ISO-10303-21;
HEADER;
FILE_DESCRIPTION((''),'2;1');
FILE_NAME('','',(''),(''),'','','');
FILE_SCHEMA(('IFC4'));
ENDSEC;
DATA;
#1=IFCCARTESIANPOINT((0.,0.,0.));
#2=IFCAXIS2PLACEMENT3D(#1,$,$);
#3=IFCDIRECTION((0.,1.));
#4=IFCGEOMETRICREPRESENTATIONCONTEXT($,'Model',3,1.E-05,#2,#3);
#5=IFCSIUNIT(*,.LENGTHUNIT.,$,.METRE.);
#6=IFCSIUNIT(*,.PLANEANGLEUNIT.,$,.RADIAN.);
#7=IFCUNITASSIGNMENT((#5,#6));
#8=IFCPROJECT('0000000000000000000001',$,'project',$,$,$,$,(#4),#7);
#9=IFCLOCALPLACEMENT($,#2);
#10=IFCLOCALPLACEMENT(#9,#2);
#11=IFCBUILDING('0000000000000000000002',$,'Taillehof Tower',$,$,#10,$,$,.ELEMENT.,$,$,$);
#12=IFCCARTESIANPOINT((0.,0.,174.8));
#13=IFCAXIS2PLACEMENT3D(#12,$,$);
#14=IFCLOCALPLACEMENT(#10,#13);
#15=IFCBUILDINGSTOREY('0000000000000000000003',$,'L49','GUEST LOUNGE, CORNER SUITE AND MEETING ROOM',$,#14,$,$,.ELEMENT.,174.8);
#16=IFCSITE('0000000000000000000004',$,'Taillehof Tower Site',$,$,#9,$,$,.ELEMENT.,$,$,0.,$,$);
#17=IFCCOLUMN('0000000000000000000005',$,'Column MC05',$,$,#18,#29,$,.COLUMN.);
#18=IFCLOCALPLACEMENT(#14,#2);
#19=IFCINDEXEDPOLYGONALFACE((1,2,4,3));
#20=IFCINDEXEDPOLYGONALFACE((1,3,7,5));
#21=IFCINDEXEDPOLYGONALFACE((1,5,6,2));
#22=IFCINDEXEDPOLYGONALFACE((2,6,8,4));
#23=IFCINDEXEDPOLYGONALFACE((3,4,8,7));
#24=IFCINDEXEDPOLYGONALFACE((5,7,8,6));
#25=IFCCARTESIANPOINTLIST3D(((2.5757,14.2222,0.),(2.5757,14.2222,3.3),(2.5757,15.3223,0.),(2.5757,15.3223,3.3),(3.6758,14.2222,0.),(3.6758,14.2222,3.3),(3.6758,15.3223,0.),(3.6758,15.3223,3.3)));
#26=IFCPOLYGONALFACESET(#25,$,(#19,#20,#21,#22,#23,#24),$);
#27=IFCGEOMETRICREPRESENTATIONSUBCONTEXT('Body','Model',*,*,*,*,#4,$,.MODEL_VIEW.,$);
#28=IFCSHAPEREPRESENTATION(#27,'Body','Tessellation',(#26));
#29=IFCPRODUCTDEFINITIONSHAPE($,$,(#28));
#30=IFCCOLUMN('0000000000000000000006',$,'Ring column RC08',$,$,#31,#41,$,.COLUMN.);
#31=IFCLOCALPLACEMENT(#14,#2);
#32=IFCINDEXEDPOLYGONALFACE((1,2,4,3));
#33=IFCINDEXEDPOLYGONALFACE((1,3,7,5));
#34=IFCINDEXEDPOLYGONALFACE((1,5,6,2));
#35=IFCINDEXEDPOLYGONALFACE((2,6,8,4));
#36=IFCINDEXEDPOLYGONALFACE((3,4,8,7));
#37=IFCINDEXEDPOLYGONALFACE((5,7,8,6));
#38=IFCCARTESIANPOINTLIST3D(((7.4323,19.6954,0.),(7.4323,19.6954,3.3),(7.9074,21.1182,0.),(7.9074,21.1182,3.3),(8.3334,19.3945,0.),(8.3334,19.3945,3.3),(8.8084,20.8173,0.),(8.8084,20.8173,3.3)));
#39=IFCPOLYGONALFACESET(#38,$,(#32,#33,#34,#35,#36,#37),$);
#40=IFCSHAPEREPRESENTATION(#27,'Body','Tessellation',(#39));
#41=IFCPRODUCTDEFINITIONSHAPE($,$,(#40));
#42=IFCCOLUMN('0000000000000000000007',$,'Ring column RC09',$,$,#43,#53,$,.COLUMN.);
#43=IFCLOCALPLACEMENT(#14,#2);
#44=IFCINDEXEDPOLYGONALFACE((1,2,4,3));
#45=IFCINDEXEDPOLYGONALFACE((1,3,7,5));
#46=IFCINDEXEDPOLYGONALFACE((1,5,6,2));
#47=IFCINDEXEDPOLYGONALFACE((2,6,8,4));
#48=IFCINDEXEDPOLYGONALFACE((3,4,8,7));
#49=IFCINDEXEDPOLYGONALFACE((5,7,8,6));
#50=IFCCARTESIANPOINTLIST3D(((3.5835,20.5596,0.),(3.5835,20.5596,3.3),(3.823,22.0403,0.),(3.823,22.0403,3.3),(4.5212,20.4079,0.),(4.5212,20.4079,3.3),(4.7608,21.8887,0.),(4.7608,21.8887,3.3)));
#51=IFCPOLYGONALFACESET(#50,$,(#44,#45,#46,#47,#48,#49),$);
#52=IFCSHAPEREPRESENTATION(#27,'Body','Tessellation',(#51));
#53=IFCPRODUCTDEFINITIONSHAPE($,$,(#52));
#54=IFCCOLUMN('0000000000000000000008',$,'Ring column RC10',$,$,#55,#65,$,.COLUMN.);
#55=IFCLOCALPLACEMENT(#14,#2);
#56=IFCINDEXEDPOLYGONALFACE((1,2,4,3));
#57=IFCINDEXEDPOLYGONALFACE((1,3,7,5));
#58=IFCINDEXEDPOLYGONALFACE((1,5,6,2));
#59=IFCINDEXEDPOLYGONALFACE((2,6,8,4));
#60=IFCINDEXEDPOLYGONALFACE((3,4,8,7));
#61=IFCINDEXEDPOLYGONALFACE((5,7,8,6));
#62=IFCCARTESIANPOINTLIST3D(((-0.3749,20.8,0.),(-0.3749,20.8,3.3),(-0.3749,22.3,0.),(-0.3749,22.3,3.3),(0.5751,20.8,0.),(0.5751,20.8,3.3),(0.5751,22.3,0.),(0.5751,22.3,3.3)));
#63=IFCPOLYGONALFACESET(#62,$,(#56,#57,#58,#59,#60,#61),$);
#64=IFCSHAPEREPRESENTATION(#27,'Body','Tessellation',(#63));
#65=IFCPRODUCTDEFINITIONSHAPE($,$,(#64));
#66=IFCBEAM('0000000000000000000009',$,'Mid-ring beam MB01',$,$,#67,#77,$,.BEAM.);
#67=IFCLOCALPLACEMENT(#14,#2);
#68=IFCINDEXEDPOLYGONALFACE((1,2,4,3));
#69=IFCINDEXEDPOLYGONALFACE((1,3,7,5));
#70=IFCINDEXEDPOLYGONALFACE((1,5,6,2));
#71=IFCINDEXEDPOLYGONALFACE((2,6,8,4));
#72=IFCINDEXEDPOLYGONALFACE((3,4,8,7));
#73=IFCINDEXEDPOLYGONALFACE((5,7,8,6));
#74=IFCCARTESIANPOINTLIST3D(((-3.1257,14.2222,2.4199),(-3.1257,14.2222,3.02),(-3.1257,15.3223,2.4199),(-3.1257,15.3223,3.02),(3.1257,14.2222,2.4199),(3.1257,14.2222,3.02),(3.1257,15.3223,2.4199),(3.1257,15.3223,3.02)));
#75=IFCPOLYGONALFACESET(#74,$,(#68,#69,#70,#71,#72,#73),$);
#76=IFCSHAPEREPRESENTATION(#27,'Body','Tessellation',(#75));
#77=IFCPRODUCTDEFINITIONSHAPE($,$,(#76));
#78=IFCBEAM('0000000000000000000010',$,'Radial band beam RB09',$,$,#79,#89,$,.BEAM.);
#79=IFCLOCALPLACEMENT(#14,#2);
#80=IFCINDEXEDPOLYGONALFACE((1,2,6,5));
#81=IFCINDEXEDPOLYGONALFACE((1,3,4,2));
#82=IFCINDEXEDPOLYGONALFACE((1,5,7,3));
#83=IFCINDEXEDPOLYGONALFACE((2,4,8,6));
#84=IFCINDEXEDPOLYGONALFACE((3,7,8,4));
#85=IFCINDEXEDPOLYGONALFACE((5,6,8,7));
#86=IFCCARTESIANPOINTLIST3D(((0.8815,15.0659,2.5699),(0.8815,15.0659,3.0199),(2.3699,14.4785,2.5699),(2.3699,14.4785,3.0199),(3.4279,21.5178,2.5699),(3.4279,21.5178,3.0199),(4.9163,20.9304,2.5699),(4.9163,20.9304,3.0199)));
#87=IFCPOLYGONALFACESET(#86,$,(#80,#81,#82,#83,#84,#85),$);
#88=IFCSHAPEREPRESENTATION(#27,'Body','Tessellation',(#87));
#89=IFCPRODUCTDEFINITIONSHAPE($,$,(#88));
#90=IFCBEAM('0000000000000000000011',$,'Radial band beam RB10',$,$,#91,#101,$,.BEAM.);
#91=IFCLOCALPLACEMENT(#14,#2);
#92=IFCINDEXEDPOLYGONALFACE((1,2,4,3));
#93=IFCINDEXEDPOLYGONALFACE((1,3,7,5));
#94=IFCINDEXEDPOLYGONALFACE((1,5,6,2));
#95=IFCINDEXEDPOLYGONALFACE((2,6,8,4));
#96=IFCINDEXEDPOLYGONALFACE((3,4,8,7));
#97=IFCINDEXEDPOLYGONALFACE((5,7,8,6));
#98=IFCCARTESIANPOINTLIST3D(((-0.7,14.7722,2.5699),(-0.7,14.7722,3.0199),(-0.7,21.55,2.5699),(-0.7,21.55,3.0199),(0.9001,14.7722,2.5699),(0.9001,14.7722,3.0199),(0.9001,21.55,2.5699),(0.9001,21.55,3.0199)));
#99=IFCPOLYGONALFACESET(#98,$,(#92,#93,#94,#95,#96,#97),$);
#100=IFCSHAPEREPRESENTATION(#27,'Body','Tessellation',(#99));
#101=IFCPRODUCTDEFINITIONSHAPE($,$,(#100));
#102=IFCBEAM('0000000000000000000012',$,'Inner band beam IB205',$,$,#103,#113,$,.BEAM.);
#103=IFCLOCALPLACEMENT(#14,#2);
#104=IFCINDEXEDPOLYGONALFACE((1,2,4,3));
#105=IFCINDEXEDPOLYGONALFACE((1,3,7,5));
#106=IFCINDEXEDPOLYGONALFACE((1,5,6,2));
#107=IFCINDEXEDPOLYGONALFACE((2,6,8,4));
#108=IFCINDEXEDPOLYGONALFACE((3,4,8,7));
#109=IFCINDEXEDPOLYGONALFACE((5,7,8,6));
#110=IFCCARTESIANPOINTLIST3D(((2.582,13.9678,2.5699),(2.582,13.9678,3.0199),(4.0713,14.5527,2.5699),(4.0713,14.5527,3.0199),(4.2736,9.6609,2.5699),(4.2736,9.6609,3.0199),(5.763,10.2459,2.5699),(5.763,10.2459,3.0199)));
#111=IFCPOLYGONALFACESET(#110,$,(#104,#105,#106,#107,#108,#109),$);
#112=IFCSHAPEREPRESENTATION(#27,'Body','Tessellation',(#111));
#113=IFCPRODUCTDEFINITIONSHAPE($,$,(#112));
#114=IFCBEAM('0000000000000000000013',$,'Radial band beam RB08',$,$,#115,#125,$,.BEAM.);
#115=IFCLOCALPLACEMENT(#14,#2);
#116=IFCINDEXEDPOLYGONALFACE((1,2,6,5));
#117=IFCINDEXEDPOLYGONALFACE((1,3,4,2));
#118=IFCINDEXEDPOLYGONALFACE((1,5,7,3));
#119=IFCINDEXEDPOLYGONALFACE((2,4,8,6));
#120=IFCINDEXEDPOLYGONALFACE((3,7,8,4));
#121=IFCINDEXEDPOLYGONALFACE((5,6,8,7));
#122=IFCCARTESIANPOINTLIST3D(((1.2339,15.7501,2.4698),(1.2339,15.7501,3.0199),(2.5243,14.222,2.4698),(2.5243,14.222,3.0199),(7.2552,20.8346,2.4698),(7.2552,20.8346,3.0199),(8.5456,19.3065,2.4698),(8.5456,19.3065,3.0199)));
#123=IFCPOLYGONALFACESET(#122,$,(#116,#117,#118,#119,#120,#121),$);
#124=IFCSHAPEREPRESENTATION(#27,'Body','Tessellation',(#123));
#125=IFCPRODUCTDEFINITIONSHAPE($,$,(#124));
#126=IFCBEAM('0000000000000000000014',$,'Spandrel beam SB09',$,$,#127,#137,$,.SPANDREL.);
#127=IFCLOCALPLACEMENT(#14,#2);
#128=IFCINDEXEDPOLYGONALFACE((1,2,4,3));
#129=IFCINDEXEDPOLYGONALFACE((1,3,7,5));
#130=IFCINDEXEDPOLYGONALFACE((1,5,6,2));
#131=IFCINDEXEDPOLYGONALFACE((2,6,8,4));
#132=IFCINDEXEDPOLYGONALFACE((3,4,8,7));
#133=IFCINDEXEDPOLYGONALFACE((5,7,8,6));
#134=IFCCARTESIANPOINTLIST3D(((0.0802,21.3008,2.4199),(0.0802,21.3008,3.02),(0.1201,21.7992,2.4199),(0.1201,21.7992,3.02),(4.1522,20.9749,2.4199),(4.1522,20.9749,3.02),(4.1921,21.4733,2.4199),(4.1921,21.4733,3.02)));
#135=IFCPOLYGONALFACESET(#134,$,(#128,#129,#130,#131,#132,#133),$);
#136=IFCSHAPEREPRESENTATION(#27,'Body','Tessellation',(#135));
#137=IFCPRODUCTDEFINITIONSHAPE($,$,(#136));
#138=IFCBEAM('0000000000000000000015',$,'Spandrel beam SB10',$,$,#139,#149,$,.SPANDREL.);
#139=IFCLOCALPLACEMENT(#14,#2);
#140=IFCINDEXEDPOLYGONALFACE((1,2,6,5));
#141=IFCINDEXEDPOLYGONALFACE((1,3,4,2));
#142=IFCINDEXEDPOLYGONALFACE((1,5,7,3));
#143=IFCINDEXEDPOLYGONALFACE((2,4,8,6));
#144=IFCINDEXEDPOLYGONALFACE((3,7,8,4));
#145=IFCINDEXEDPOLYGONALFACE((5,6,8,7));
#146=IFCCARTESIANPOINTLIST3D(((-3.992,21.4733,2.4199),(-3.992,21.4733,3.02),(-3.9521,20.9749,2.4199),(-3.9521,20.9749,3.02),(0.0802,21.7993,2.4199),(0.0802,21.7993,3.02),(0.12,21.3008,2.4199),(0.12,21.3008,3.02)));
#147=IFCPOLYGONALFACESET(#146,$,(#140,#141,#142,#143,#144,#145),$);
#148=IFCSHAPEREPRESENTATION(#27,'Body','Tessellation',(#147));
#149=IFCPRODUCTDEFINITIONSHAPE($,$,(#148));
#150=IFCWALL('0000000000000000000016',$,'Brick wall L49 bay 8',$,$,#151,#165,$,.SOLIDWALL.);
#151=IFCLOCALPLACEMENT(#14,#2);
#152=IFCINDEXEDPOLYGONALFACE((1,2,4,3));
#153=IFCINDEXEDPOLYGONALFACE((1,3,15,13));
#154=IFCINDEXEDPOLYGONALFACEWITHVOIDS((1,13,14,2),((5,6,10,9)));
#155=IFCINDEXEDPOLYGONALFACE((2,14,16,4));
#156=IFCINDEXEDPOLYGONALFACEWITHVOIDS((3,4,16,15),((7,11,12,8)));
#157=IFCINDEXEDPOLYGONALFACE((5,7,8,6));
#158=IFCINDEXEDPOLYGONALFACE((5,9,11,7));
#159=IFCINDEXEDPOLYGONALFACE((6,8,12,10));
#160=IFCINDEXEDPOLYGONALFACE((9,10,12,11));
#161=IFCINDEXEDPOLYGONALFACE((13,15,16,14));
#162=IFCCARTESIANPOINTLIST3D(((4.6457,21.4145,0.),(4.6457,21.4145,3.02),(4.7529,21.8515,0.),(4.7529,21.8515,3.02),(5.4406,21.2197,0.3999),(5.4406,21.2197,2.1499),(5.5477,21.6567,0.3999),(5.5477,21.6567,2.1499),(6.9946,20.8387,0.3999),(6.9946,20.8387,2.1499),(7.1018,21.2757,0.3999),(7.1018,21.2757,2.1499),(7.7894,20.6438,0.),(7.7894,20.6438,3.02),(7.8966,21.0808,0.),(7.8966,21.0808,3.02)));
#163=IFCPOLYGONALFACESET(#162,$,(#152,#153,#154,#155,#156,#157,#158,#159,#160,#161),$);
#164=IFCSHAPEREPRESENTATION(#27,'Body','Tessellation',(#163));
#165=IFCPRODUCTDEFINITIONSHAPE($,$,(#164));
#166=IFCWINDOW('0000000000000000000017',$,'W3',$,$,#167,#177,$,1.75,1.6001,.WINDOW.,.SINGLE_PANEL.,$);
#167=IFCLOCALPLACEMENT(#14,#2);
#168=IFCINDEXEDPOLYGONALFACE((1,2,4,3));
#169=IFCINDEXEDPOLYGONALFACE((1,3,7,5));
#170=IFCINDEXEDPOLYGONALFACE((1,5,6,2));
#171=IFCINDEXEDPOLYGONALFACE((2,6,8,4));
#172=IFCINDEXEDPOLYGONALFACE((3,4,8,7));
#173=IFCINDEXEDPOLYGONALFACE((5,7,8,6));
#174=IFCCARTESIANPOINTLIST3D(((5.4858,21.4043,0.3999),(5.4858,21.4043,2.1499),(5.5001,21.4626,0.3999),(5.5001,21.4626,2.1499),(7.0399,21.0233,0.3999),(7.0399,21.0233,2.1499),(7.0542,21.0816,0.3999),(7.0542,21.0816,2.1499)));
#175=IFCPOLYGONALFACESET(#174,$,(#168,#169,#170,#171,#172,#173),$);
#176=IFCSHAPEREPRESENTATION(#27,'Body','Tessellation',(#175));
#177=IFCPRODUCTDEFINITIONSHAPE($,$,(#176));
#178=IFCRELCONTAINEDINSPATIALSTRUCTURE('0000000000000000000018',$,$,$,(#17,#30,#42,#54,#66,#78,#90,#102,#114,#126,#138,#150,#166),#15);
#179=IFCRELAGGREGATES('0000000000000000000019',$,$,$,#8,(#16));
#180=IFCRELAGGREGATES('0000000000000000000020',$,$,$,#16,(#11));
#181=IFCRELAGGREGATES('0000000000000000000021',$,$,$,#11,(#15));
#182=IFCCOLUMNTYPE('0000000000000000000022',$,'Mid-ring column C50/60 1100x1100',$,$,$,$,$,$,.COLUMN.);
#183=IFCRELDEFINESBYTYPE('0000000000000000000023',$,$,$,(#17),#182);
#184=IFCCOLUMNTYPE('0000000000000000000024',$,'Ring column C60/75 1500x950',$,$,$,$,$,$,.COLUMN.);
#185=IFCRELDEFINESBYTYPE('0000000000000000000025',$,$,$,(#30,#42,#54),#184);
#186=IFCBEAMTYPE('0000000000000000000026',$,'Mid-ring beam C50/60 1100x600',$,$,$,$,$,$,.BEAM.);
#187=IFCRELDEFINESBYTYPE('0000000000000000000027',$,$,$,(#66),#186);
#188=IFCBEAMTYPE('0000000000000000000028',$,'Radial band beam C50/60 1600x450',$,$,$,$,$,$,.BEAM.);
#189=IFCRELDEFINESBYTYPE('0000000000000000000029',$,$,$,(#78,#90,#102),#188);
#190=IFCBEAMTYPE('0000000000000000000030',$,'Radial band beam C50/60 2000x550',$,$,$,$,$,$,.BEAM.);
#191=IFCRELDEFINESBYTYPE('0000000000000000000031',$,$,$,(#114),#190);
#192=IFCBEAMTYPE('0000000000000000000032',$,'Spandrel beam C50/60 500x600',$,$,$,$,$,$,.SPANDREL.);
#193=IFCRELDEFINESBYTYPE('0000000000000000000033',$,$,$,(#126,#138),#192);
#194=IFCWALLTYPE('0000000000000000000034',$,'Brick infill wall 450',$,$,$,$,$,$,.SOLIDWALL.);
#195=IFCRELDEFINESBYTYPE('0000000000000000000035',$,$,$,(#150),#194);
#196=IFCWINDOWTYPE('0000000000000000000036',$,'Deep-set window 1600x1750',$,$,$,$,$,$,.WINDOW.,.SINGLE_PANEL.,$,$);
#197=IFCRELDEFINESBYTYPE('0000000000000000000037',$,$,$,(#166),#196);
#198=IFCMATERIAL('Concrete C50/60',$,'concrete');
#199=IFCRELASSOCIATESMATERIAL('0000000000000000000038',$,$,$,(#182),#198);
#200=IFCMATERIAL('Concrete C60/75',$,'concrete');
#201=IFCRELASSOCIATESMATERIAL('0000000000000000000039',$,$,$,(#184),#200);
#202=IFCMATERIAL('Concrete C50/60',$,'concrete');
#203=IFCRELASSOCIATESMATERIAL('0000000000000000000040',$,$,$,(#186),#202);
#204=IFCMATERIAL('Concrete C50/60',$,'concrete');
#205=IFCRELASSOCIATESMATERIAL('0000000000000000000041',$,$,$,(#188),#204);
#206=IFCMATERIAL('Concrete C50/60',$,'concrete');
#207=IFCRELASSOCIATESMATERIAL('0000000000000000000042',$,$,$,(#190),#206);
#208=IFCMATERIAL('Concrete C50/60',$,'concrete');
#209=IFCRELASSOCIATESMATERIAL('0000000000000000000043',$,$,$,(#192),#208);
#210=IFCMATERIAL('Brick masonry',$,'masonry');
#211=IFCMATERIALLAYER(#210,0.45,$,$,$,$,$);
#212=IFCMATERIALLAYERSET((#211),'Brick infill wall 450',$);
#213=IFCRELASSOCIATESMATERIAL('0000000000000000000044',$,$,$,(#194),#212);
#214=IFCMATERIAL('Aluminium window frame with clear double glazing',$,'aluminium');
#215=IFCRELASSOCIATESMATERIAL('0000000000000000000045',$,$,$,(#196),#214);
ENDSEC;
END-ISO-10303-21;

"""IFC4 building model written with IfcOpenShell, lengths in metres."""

from ifc_helpers import new_model, si_unit, direction, frame, frame_2d, origin, origin_2d, place, context, subcontext, project, spatial, rectangle, extrude, material, layer, layer_set, material_profile, profile_set, type_object, element, fill, save


model = new_model("IFC4")

# Units and contexts
model_context = context("Model", 3, precision=1e-05, world=origin(), true_north=direction((0.0, 1.0)))
body_context = subcontext(model_context, "Body", "Model", "MODEL_VIEW")
ifc_project = project(units=[si_unit("LENGTHUNIT", "METRE"), si_unit("PLANEANGLEUNIT", "RADIAN")], contexts=[model_context])

# Site, building, storey
site_placement = place(None, origin())
site = spatial("IfcSite", under=ifc_project, at=site_placement, Name="Taillehof Tower Site", CompositionType="ELEMENT", RefElevation=0.0)
building_placement = place(site_placement, origin())
building = spatial("IfcBuilding", under=site, at=building_placement, Name="Taillehof Tower", CompositionType="ELEMENT")
storey_placement = place(building_placement, frame((0.0, 0.0, 174.8)))
storey = spatial("IfcBuildingStorey", under=building, at=storey_placement, Name="L49", Description="GUEST LOUNGE, CORNER SUITE AND MEETING ROOM", CompositionType="ELEMENT", Elevation=174.8)

# Columns
ifc_material_1 = material(Name="Concrete C50/60", Category="concrete")
ifc_material_profile_1 = material_profile(ifc_material_1, rectangle(XDim=1.1001, YDim=1.1001, at=origin_2d()), Name="RC 1100x1100")
ifc_profile_set_1 = profile_set([ifc_material_profile_1], Name="Concrete C50/60")
column_type_1 = type_object("IfcColumnType", Name="Mid-ring column C50/60 1100x1100", PredefinedType="COLUMN", material=ifc_profile_set_1)
column_placement = place(storey_placement, frame((3.1257, 14.7722, 0.0), z_axis=(0.0, 0.0, 1.0), x_axis=(1.0, 0.0, 0.0)))
element("IfcColumn", 1, at=column_placement, inside=storey, type_object=column_type_1, Name="Column MC05", PredefinedType="COLUMN", context=body_context, shape_type="SweptSolid", body=[
    extrude(rectangle(XDim=1.1001, YDim=1.1001, at=origin_2d()), origin(), (0.0, 0.0, 1.0), 3.3),
])
ifc_material_2 = material(Name="Concrete C60/75", Category="concrete")
ifc_material_profile_2 = material_profile(ifc_material_2, rectangle(XDim=1.5, YDim=0.95, at=origin_2d()), Name="RC 1500x950")
ifc_profile_set_2 = profile_set([ifc_material_profile_2], Name="Concrete C60/75")
column_type_2 = type_object("IfcColumnType", Name="Ring column C60/75 1500x950", PredefinedType="COLUMN", material=ifc_profile_set_2)
for number, where, z_axis, x_axis, name in (
    (2, (8.1204, 20.2563, 0.0), (0.0, 0.0, 1.0), (0.316703, 0.948525, 0.0), "Ring column RC08"),
    (3, (4.1721, 21.2241, 0.0), (0.0, 0.0, 1.0), (0.159679, 0.987169, 0.0), "Ring column RC09"),
    (4, (0.1001, 21.55, 0.0), (0.0, 0.0, 1.0), (0.0, 1.0, 0.0), "Ring column RC10"),
):
    element("IfcColumn", number, at=place(storey_placement, frame(where, z_axis=z_axis, x_axis=x_axis)), inside=storey, type_object=column_type_2, Name=name, PredefinedType="COLUMN", context=body_context, shape_type="SweptSolid", body=[
        extrude(rectangle(XDim=1.5, YDim=0.95, at=origin_2d()), origin(), (0.0, 0.0, 1.0), 3.3),
    ])

# Beams
ifc_material_3 = material(Name="Concrete C50/60", Category="concrete")
ifc_material_profile_3 = material_profile(ifc_material_3, rectangle(XDim=1.1001, YDim=0.6001, at=origin_2d()), Name="RC 1100x600")
ifc_profile_set_3 = profile_set([ifc_material_profile_3], Name="Concrete C50/60")
beam_type_1 = type_object("IfcBeamType", Name="Mid-ring beam C50/60 1100x600", PredefinedType="BEAM", material=ifc_profile_set_3)
beam_1_placement = place(storey_placement, frame((3.1257, 14.7722, 2.72), z_axis=(-1.0, 0.0, 0.0), x_axis=(0.0, -1.0, 0.0)))
element("IfcBeam", 5, at=beam_1_placement, inside=storey, type_object=beam_type_1, Name="Mid-ring beam MB01", PredefinedType="BEAM", context=body_context, shape_type="SweptSolid", body=[
    extrude(rectangle(XDim=1.1001, YDim=0.6001, at=origin_2d()), origin(), (0.0, 0.0, 1.0), 6.2515),
])
ifc_material_4 = material(Name="Concrete C50/60", Category="concrete")
ifc_material_profile_4 = material_profile(ifc_material_4, rectangle(XDim=1.6001, YDim=0.45, at=origin_2d()), Name="RC 1600x450")
ifc_profile_set_4 = profile_set([ifc_material_profile_4], Name="Concrete C50/60")
beam_type_2 = type_object("IfcBeamType", Name="Radial band beam C50/60 1600x450", PredefinedType="BEAM", material=ifc_profile_set_4)
beam_2_placement = place(storey_placement, frame((4.1721, 21.2241, 2.7949), z_axis=(-0.367114, -0.930176, 0.0), x_axis=(0.930176, -0.367114, 0.0)))
element("IfcBeam", 6, at=beam_2_placement, inside=storey, type_object=beam_type_2, Name="Radial band beam RB09", PredefinedType="BEAM", context=body_context, shape_type="SweptSolid", body=[
    extrude(rectangle(XDim=1.6001, YDim=0.45, at=origin_2d()), origin(), (0.0, 0.0, 1.0), 6.9363),
])
beam_3_placement = place(storey_placement, frame((0.1001, 21.55, 2.7949), z_axis=(0.0, -1.0, 0.0), x_axis=(1.0, 0.0, 0.0)))
element("IfcBeam", 7, at=beam_3_placement, inside=storey, type_object=beam_type_2, Name="Radial band beam RB10", PredefinedType="BEAM", context=body_context, shape_type="SweptSolid", body=[
    extrude(rectangle(XDim=1.6001, YDim=0.45, at=origin_2d()), origin(), (0.0, 0.0, 1.0), 6.7778),
])
beam_4_placement = place(storey_placement, frame((3.3267, 14.2603, 2.7949), z_axis=(0.365589, -0.930777, 0.0), x_axis=(0.930777, 0.365589, 0.0)))
element("IfcBeam", 8, at=beam_4_placement, inside=storey, type_object=beam_type_2, Name="Inner band beam IB205", PredefinedType="BEAM", context=body_context, shape_type="SweptSolid", body=[
    extrude(rectangle(XDim=1.6001, YDim=0.45, at=origin_2d()), origin(), (0.0, 0.0, 1.0), 4.6272),
])
ifc_material_5 = material(Name="Concrete C50/60", Category="concrete")
ifc_material_profile_5 = material_profile(ifc_material_5, rectangle(XDim=2.0, YDim=0.55, at=origin_2d()), Name="RC 2000x550")
ifc_profile_set_5 = profile_set([ifc_material_profile_5], Name="Concrete C50/60")
beam_type_3 = type_object("IfcBeamType", Name="Radial band beam C50/60 2000x550", PredefinedType="BEAM", material=ifc_profile_set_5)
beam_5_placement = place(storey_placement, frame((7.9004, 20.0706, 2.7449), z_axis=(-0.764038, -0.645171, 0.0), x_axis=(0.645171, -0.764038, 0.0)))
element("IfcBeam", 9, at=beam_5_placement, inside=storey, type_object=beam_type_3, Name="Radial band beam RB08", PredefinedType="BEAM", context=body_context, shape_type="SweptSolid", body=[
    extrude(rectangle(XDim=2.0, YDim=0.55, at=origin_2d()), origin(), (0.0, 0.0, 1.0), 7.8809),
])
ifc_material_6 = material(Name="Concrete C50/60", Category="concrete")
ifc_material_profile_6 = material_profile(ifc_material_6, rectangle(XDim=0.5, YDim=0.6001, at=origin_2d()), Name="RC 500x600")
ifc_profile_set_6 = profile_set([ifc_material_profile_6], Name="Concrete C50/60")
beam_type_4 = type_object("IfcBeamType", Name="Spandrel beam C50/60 500x600", PredefinedType="SPANDREL", material=ifc_profile_set_6)
beam_6_placement = place(storey_placement, frame((4.1721, 21.2241, 2.72), z_axis=(-0.996812, 0.079786, 0.0), x_axis=(-0.079786, -0.996812, 0.0)))
element("IfcBeam", 10, at=beam_6_placement, inside=storey, type_object=beam_type_4, Name="Spandrel beam SB09", PredefinedType="SPANDREL", context=body_context, shape_type="SweptSolid", body=[
    extrude(rectangle(XDim=0.5, YDim=0.6001, at=origin_2d()), origin(), (0.0, 0.0, 1.0), 4.085),
])
beam_7_placement = place(storey_placement, frame((0.1001, 21.55, 2.72), z_axis=(-0.996812, -0.079781, 0.0), x_axis=(0.079781, -0.996812, 0.0)))
element("IfcBeam", 11, at=beam_7_placement, inside=storey, type_object=beam_type_4, Name="Spandrel beam SB10", PredefinedType="SPANDREL", context=body_context, shape_type="SweptSolid", body=[
    extrude(rectangle(XDim=0.5, YDim=0.6001, at=origin_2d()), origin(), (0.0, 0.0, 1.0), 4.0852),
])

# Wall, opening, window
ifc_material_7 = material(Name="Brick masonry", Category="masonry")
ifc_layer_1 = layer(ifc_material_7, 0.45)
ifc_layer_set_1 = layer_set([ifc_layer_1], Name="Brick infill wall 450")
wall_type_1 = type_object("IfcWallType", Name="Brick infill wall 450", PredefinedType="SOLIDWALL", material=ifc_layer_set_1)
wall_1_placement = place(storey_placement, frame((7.843, 20.8623, 0.0), z_axis=(0.0, 0.0, 1.0), x_axis=(-0.971237, 0.238114, 0.0)))
wall_1 = element("IfcWall", 12, at=wall_1_placement, inside=storey, type_object=wall_type_1, Name="Brick wall L49 bay 8", PredefinedType="SOLIDWALL", context=body_context, shape_type="SweptSolid", body=[
    extrude(rectangle(XDim=3.2368, YDim=0.45, at=frame_2d((1.6184, 0.0))), origin(), (0.0, 0.0, 1.0), 3.02),
])
opening_1_placement = place(wall_1_placement, frame((0.8184, 0.0, 0.3999)))
opening_1 = element("IfcOpeningElement", 13, at=opening_1_placement, cuts=wall_1, PredefinedType="OPENING", context=body_context, shape_type="SweptSolid", body=[
    extrude(rectangle(XDim=1.6001, YDim=1.75, at=frame_2d((0.8, 0.875))), frame((0.0, 0.2349, 0.0), z_axis=(0.0, -1.0, 0.0), x_axis=(1.0, 0.0, 0.0)), (0.0, 0.0, 1.0), 0.47),
])
ifc_material_8 = material(Name="Aluminium window frame with clear double glazing", Category="aluminium")
window_type_1 = type_object("IfcWindowType", Name="Deep-set window 1600x1750", PartitioningType="SINGLE_PANEL", PredefinedType="WINDOW", material=ifc_material_8)
window_1_placement = place(opening_1_placement, origin())
window_1 = element("IfcWindow", 14, at=window_1_placement, inside=storey, type_object=window_type_1, Name="W3", OverallHeight=1.75, OverallWidth=1.6001, PartitioningType="SINGLE_PANEL", PredefinedType="WINDOW", context=body_context, shape_type="SweptSolid", body=[
    extrude(rectangle(XDim=1.6001, YDim=1.75, at=frame_2d((0.8, 0.875))), frame((0.0, 0.0349, 0.0), z_axis=(0.0, -1.0, 0.0), x_axis=(1.0, 0.0, 0.0)), (0.0, 0.0, 1.0), 0.0601),
])
fill(opening_1, window_1)

save(model, "model.ifc")
